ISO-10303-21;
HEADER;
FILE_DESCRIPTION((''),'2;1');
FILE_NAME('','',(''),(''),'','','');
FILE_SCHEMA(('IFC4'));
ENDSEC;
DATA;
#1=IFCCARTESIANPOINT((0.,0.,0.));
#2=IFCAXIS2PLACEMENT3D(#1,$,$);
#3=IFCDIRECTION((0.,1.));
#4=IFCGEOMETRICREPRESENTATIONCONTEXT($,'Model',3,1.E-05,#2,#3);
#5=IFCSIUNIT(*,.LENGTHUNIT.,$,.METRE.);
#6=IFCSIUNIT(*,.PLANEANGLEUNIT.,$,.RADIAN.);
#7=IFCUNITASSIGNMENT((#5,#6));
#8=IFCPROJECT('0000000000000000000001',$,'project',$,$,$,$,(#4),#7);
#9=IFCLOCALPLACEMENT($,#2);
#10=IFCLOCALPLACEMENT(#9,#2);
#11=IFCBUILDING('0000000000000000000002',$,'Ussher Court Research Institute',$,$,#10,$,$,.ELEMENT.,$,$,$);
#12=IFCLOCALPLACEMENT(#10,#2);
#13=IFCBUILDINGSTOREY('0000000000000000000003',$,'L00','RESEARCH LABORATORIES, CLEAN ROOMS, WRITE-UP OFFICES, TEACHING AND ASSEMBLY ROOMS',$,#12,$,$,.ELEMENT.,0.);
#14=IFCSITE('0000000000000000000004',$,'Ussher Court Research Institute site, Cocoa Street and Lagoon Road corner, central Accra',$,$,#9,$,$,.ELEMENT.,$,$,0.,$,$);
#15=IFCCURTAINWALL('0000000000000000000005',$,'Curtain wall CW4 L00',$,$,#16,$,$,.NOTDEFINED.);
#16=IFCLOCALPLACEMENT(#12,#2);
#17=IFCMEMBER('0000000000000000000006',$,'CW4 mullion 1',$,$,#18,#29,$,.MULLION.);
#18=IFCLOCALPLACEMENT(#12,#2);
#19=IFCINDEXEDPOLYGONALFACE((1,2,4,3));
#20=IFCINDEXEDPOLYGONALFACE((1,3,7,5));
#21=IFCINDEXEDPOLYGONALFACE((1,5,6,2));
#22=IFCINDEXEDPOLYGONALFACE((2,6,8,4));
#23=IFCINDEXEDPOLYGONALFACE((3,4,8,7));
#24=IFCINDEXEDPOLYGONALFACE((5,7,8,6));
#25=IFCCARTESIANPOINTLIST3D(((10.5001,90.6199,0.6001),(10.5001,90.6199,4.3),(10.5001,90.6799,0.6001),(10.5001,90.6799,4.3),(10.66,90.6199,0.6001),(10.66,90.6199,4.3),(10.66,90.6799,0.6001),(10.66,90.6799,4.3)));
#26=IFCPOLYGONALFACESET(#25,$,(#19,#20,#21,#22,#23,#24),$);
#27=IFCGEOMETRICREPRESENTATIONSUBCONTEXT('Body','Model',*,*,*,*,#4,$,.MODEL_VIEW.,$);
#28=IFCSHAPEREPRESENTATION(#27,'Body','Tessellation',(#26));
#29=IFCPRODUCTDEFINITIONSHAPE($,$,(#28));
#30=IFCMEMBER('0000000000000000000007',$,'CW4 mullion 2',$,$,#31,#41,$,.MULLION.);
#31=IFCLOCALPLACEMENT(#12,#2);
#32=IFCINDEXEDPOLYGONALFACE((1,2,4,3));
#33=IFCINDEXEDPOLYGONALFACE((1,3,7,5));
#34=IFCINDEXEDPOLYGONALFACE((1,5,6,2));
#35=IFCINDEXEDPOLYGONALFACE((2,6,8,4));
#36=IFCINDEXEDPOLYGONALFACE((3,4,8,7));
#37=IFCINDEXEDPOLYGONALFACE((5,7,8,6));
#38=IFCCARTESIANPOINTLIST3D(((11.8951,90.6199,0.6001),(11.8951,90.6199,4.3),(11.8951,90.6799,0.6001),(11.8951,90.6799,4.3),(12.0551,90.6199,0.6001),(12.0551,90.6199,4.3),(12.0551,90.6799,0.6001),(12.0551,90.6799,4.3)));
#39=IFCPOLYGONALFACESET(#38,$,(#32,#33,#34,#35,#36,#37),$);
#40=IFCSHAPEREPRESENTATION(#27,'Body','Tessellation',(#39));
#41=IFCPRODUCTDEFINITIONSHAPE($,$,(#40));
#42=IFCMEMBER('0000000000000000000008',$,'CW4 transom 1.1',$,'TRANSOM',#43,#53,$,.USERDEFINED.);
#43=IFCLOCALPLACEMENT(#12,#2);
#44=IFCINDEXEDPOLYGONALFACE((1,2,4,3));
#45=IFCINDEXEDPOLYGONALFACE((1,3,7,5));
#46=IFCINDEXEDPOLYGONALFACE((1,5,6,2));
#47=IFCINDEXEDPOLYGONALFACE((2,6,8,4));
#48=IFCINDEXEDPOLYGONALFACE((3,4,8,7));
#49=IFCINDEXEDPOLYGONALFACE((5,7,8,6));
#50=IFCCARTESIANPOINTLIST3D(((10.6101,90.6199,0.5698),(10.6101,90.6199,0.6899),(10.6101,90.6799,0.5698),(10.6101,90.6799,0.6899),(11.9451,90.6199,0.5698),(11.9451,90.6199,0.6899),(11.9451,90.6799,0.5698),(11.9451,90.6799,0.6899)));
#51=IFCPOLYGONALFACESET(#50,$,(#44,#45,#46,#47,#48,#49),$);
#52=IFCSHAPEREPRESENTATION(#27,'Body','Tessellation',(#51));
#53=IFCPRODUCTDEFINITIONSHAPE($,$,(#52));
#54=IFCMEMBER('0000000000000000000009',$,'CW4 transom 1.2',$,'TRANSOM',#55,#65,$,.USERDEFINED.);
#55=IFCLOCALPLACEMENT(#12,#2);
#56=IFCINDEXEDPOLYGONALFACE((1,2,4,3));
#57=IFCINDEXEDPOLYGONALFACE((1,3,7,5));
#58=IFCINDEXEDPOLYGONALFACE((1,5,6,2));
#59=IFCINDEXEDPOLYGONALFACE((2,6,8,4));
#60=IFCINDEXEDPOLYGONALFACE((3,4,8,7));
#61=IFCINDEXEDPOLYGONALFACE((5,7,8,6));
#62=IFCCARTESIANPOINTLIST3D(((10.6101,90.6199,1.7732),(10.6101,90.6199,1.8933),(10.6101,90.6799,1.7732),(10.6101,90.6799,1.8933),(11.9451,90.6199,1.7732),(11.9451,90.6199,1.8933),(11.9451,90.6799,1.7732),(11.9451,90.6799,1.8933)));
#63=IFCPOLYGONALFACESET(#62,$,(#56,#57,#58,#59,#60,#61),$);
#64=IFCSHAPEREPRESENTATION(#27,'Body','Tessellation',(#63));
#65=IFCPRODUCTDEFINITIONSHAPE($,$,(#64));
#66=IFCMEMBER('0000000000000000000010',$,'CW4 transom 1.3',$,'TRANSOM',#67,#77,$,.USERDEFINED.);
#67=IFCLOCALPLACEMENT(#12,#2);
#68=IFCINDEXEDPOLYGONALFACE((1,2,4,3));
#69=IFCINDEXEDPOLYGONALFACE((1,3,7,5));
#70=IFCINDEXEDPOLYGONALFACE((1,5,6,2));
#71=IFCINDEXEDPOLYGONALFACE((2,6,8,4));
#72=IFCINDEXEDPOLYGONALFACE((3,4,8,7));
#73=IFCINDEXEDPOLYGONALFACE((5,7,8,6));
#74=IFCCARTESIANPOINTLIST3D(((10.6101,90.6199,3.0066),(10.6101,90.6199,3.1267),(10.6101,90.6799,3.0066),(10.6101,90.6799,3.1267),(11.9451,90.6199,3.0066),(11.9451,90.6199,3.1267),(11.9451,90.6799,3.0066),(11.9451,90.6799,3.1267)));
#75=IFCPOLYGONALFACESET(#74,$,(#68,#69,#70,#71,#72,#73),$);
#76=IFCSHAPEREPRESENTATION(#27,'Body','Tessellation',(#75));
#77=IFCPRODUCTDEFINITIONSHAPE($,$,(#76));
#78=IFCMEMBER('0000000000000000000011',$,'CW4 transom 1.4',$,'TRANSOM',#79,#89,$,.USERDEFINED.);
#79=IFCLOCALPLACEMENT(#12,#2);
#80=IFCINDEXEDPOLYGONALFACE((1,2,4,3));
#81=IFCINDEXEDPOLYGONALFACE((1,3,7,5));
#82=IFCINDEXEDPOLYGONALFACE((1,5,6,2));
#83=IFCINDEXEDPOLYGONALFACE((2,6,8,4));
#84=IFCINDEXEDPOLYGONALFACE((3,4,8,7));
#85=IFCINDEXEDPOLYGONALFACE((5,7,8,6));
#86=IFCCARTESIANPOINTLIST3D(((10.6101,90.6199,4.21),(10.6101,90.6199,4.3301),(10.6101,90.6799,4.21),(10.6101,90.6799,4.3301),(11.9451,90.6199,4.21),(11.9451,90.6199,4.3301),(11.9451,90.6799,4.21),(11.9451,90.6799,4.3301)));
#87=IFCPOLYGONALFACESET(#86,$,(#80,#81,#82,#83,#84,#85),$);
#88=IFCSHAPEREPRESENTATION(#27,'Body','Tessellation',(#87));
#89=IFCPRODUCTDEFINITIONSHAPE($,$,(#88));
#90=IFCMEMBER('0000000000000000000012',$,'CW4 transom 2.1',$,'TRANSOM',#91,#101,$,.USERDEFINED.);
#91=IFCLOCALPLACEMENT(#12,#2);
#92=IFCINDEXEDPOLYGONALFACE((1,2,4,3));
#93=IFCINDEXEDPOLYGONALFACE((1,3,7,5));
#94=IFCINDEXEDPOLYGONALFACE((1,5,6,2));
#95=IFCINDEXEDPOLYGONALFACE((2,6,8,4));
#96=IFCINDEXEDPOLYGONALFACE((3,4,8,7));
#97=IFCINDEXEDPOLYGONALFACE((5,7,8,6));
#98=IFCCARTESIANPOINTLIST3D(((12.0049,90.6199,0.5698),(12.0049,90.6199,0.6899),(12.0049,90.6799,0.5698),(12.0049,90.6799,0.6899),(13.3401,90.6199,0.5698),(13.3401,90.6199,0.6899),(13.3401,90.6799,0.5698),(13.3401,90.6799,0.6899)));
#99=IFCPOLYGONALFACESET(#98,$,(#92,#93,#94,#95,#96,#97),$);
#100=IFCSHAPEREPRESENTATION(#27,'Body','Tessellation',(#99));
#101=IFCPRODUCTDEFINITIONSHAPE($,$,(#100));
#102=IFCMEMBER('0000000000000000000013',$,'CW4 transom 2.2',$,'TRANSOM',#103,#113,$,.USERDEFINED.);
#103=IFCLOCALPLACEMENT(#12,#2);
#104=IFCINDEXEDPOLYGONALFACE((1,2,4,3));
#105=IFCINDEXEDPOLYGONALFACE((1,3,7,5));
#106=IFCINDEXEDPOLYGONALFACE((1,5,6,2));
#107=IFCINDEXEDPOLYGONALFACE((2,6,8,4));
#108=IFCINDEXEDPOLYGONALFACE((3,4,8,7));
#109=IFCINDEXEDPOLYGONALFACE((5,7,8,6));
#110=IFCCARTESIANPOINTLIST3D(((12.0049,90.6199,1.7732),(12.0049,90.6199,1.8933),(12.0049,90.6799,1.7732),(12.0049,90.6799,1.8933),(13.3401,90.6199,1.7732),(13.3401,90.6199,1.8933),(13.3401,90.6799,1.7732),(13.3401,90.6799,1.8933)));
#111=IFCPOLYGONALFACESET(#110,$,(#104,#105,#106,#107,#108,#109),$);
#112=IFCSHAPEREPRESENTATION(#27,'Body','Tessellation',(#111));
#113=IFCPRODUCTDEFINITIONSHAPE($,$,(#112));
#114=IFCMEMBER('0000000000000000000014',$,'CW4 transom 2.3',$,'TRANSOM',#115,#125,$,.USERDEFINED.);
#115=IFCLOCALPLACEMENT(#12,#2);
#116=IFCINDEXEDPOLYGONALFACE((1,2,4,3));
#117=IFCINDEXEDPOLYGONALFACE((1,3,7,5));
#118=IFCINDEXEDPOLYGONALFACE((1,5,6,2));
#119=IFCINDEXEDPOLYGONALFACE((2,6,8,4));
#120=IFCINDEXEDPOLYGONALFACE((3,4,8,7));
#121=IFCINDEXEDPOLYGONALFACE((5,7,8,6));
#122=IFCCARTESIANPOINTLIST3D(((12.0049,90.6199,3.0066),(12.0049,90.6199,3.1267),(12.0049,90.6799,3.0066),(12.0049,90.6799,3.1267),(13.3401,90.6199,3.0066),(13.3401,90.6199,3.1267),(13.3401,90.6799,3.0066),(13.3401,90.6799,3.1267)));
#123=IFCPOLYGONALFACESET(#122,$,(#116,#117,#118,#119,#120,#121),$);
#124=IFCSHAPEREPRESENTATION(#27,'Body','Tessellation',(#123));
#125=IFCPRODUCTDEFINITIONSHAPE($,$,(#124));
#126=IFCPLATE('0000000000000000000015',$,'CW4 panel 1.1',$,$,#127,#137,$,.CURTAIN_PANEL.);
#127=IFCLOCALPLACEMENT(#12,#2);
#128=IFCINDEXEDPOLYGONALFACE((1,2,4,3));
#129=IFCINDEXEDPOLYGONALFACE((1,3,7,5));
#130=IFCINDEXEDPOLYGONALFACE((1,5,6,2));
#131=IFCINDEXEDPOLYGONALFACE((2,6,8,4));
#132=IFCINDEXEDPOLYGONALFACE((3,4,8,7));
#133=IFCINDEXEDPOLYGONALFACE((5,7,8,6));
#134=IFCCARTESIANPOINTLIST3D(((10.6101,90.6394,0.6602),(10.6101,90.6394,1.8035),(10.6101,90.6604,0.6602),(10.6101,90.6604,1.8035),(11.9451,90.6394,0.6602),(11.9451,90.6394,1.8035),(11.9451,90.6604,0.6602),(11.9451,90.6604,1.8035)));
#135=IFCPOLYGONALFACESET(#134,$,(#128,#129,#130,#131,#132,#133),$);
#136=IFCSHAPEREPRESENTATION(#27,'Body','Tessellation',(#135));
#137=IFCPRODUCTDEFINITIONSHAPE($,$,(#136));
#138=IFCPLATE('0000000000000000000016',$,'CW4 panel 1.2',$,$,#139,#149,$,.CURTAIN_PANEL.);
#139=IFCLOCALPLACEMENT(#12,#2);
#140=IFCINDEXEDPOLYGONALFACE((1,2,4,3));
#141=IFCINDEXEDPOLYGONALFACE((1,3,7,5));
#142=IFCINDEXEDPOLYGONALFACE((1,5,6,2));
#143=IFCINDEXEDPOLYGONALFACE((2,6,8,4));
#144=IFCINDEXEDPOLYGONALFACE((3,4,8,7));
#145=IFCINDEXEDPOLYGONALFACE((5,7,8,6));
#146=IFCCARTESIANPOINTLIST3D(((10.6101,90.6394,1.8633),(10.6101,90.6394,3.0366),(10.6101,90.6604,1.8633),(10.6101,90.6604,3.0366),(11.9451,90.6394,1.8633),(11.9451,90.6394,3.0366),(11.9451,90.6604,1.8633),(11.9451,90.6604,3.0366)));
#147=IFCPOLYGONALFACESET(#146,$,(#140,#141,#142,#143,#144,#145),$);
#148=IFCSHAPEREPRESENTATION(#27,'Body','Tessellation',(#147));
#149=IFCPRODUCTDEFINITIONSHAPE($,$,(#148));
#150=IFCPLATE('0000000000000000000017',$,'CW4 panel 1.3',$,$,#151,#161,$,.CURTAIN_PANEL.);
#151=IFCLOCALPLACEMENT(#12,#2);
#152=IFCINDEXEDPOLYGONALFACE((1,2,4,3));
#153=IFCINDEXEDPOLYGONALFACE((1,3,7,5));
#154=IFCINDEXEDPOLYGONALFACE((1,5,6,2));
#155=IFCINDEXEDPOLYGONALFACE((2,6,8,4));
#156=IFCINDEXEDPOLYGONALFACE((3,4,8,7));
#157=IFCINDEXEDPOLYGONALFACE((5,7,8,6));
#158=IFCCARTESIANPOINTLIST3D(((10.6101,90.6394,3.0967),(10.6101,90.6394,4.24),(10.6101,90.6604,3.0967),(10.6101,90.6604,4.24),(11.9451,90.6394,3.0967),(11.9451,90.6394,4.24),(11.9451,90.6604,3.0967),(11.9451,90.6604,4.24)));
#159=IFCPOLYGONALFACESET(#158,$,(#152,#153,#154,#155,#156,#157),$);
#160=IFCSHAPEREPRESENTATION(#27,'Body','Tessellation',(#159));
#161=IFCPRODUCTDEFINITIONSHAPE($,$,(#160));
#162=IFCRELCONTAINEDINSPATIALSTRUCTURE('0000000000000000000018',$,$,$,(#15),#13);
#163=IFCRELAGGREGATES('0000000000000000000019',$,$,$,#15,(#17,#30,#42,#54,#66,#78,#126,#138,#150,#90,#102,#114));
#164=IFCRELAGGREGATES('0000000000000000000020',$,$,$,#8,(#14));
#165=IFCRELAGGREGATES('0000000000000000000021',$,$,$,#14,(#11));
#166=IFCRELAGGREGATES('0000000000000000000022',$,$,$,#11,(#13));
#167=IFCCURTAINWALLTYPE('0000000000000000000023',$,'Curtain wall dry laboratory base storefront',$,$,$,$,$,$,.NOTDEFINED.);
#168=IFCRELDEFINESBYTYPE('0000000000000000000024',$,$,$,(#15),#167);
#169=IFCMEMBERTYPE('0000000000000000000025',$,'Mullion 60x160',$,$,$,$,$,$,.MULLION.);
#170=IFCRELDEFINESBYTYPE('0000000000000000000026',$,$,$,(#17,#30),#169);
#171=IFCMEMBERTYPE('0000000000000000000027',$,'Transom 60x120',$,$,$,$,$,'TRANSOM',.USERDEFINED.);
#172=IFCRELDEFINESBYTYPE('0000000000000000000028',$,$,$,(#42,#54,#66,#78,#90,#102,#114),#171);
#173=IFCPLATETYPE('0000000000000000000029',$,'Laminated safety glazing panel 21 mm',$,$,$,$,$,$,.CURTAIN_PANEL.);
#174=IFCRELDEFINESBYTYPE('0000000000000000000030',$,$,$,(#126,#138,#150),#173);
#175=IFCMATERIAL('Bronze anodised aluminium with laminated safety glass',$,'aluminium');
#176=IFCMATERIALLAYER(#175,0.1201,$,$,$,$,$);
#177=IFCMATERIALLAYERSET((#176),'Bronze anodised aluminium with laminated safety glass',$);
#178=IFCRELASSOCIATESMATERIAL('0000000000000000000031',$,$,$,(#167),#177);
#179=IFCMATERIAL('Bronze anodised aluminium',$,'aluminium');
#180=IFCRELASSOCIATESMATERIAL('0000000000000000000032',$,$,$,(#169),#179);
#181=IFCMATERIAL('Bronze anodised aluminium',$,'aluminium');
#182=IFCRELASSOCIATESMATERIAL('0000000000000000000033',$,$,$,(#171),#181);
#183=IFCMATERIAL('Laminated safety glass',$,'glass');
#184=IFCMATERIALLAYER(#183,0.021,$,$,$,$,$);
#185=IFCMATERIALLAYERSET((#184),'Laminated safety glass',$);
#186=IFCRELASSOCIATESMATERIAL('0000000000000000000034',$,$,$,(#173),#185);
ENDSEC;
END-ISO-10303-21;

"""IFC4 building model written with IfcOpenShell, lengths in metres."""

from ifc_helpers import new_model, si_unit, direction, frame, origin, origin_2d, place, context, subcontext, project, spatial, rectangle, extrude, material, layer, layer_set, material_profile, profile_set, type_object, element, aggregate, save


model = new_model("IFC4")

# Units and contexts
model_context = context("Model", 3, precision=1e-05, world=origin(), true_north=direction((0.0, 1.0)))
body_context = subcontext(model_context, "Body", "Model", "MODEL_VIEW")
ifc_project = project(units=[si_unit("LENGTHUNIT", "METRE"), si_unit("PLANEANGLEUNIT", "RADIAN")], contexts=[model_context])

# Site, building, storey
site_placement = place(None, origin())
site = spatial("IfcSite", under=ifc_project, at=site_placement, Name="Ussher Court Research Institute site, Cocoa Street and Lagoon Road corner, central Accra", CompositionType="ELEMENT", RefElevation=0.0)
building_placement = place(site_placement, origin())
building = spatial("IfcBuilding", under=site, at=building_placement, Name="Ussher Court Research Institute", CompositionType="ELEMENT")
storey_placement = place(building_placement, origin())
storey = spatial("IfcBuildingStorey", under=building, at=storey_placement, Name="L00", Description="RESEARCH LABORATORIES, CLEAN ROOMS, WRITE-UP OFFICES, TEACHING AND ASSEMBLY ROOMS", CompositionType="ELEMENT", Elevation=0.0)

# Curtain wall, members, plates
ifc_material_1 = material(Name="Bronze anodised aluminium with laminated safety glass", Category="aluminium")
ifc_layer_1 = layer(ifc_material_1, 0.1201)
ifc_layer_set_1 = layer_set([ifc_layer_1], Name="Bronze anodised aluminium with laminated safety glass")
curtain_wall_type = type_object("IfcCurtainWallType", Name="Curtain wall dry laboratory base storefront", PredefinedType="NOTDEFINED", material=ifc_layer_set_1)
curtain_wall_placement = place(storey_placement, origin())
curtain_wall = element("IfcCurtainWall", 1, at=curtain_wall_placement, inside=storey, type_object=curtain_wall_type, Name="Curtain wall CW4 L00", PredefinedType="NOTDEFINED")
ifc_material_2 = material(Name="Bronze anodised aluminium", Category="aluminium")
ifc_material_profile_1 = material_profile(ifc_material_2, rectangle(XDim=0.0601, YDim=0.1599, at=origin_2d()), Name="Mullion 60x160")
ifc_profile_set_1 = profile_set([ifc_material_profile_1], Name="Bronze anodised aluminium")
member_type_1 = type_object("IfcMemberType", Name="Mullion 60x160", PredefinedType="MULLION", material=ifc_profile_set_1)
member_1_placement = place(storey_placement, frame((10.5801, 90.6499, 0.6001), z_axis=(0.0, 0.0, 1.0), x_axis=(0.0, 1.0, 0.0)))
member_1 = element("IfcMember", 2, at=member_1_placement, type_object=member_type_1, Name="CW4 mullion 1", PredefinedType="MULLION", context=body_context, shape_type="SweptSolid", body=[
    extrude(rectangle(XDim=0.0601, YDim=0.1599, at=origin_2d()), origin(), (0.0, 0.0, 1.0), 3.7),
])
member_2_placement = place(storey_placement, frame((11.9751, 90.6499, 0.6001), z_axis=(0.0, 0.0, 1.0), x_axis=(0.0, 1.0, 0.0)))
member_2 = element("IfcMember", 3, at=member_2_placement, type_object=member_type_1, Name="CW4 mullion 2", PredefinedType="MULLION", context=body_context, shape_type="SweptSolid", body=[
    extrude(rectangle(XDim=0.0601, YDim=0.1599, at=origin_2d()), origin(), (0.0, 0.0, 1.0), 3.7),
])
ifc_material_3 = material(Name="Bronze anodised aluminium", Category="aluminium")
ifc_material_profile_2 = material_profile(ifc_material_3, rectangle(XDim=0.0601, YDim=0.1201, at=origin_2d()), Name="Transom 60x120")
ifc_profile_set_2 = profile_set([ifc_material_profile_2], Name="Bronze anodised aluminium")
member_type_2 = type_object("IfcMemberType", Name="Transom 60x120", ElementType="TRANSOM", PredefinedType="USERDEFINED", material=ifc_profile_set_2)
member_3_placement = place(storey_placement, frame((10.6101, 90.6499, 0.6299), z_axis=(1.0, 0.0, 0.0), x_axis=(0.0, 1.0, 0.0)))
member_3 = element("IfcMember", 4, at=member_3_placement, type_object=member_type_2, Name="CW4 transom 1.1", ObjectType="TRANSOM", PredefinedType="USERDEFINED", context=body_context, shape_type="SweptSolid", body=[
    extrude(rectangle(XDim=0.0601, YDim=0.1201, at=origin_2d()), origin(), (0.0, 0.0, 1.0), 1.335),
])
member_4_placement = place(storey_placement, frame((10.6101, 90.6499, 1.8333), z_axis=(1.0, 0.0, 0.0), x_axis=(0.0, 1.0, 0.0)))
member_4 = element("IfcMember", 5, at=member_4_placement, type_object=member_type_2, Name="CW4 transom 1.2", ObjectType="TRANSOM", PredefinedType="USERDEFINED", context=body_context, shape_type="SweptSolid", body=[
    extrude(rectangle(XDim=0.0601, YDim=0.1201, at=origin_2d()), origin(), (0.0, 0.0, 1.0), 1.335),
])
member_5_placement = place(storey_placement, frame((10.6101, 90.6499, 3.0667), z_axis=(1.0, 0.0, 0.0), x_axis=(0.0, 1.0, 0.0)))
member_5 = element("IfcMember", 6, at=member_5_placement, type_object=member_type_2, Name="CW4 transom 1.3", ObjectType="TRANSOM", PredefinedType="USERDEFINED", context=body_context, shape_type="SweptSolid", body=[
    extrude(rectangle(XDim=0.0601, YDim=0.1201, at=origin_2d()), origin(), (0.0, 0.0, 1.0), 1.335),
])
member_6_placement = place(storey_placement, frame((10.6101, 90.6499, 4.27), z_axis=(1.0, 0.0, 0.0), x_axis=(0.0, 1.0, 0.0)))
member_6 = element("IfcMember", 7, at=member_6_placement, type_object=member_type_2, Name="CW4 transom 1.4", ObjectType="TRANSOM", PredefinedType="USERDEFINED", context=body_context, shape_type="SweptSolid", body=[
    extrude(rectangle(XDim=0.0601, YDim=0.1201, at=origin_2d()), origin(), (0.0, 0.0, 1.0), 1.335),
])
member_7_placement = place(storey_placement, frame((12.0049, 90.6499, 0.6299), z_axis=(1.0, 0.0, 0.0), x_axis=(0.0, 1.0, 0.0)))
member_7 = element("IfcMember", 8, at=member_7_placement, type_object=member_type_2, Name="CW4 transom 2.1", ObjectType="TRANSOM", PredefinedType="USERDEFINED", context=body_context, shape_type="SweptSolid", body=[
    extrude(rectangle(XDim=0.0601, YDim=0.1201, at=origin_2d()), origin(), (0.0, 0.0, 1.0), 1.3352),
])
member_8_placement = place(storey_placement, frame((12.0049, 90.6499, 1.8333), z_axis=(1.0, 0.0, 0.0), x_axis=(0.0, 1.0, 0.0)))
member_8 = element("IfcMember", 9, at=member_8_placement, type_object=member_type_2, Name="CW4 transom 2.2", ObjectType="TRANSOM", PredefinedType="USERDEFINED", context=body_context, shape_type="SweptSolid", body=[
    extrude(rectangle(XDim=0.0601, YDim=0.1201, at=origin_2d()), origin(), (0.0, 0.0, 1.0), 1.3352),
])
member_9_placement = place(storey_placement, frame((12.0049, 90.6499, 3.0667), z_axis=(1.0, 0.0, 0.0), x_axis=(0.0, 1.0, 0.0)))
member_9 = element("IfcMember", 10, at=member_9_placement, type_object=member_type_2, Name="CW4 transom 2.3", ObjectType="TRANSOM", PredefinedType="USERDEFINED", context=body_context, shape_type="SweptSolid", body=[
    extrude(rectangle(XDim=0.0601, YDim=0.1201, at=origin_2d()), origin(), (0.0, 0.0, 1.0), 1.3352),
])
ifc_material_4 = material(Name="Laminated safety glass", Category="glass")
ifc_layer_2 = layer(ifc_material_4, 0.021)
ifc_layer_set_2 = layer_set([ifc_layer_2], Name="Laminated safety glass")
plate_type = type_object("IfcPlateType", Name="Laminated safety glazing panel 21 mm", PredefinedType="CURTAIN_PANEL", material=ifc_layer_set_2)
plate_1_placement = place(storey_placement, frame((11.2776, 90.6499, 0.6602), z_axis=(0.0, 0.0, 1.0), x_axis=(1.0, 0.0, 0.0)))
plate_1 = element("IfcPlate", 11, at=plate_1_placement, type_object=plate_type, Name="CW4 panel 1.1", PredefinedType="CURTAIN_PANEL", context=body_context, shape_type="SweptSolid", body=[
    extrude(rectangle(XDim=1.335, YDim=0.021, at=origin_2d()), origin(), (0.0, 0.0, 1.0), 1.1433),
])
plate_2_placement = place(storey_placement, frame((11.2776, 90.6499, 1.8633), z_axis=(0.0, 0.0, 1.0), x_axis=(1.0, 0.0, 0.0)))
plate_2 = element("IfcPlate", 12, at=plate_2_placement, type_object=plate_type, Name="CW4 panel 1.2", PredefinedType="CURTAIN_PANEL", context=body_context, shape_type="SweptSolid", body=[
    extrude(rectangle(XDim=1.335, YDim=0.021, at=origin_2d()), origin(), (0.0, 0.0, 1.0), 1.1733),
])
plate_3_placement = place(storey_placement, frame((11.2776, 90.6499, 3.0967), z_axis=(0.0, 0.0, 1.0), x_axis=(1.0, 0.0, 0.0)))
plate_3 = element("IfcPlate", 13, at=plate_3_placement, type_object=plate_type, Name="CW4 panel 1.3", PredefinedType="CURTAIN_PANEL", context=body_context, shape_type="SweptSolid", body=[
    extrude(rectangle(XDim=1.335, YDim=0.021, at=origin_2d()), origin(), (0.0, 0.0, 1.0), 1.1433),
])
aggregate(curtain_wall, [member_1, member_2, member_3, member_4, member_5, member_6, plate_1, plate_2, plate_3, member_7, member_8, member_9])

save(model, "model.ifc")
